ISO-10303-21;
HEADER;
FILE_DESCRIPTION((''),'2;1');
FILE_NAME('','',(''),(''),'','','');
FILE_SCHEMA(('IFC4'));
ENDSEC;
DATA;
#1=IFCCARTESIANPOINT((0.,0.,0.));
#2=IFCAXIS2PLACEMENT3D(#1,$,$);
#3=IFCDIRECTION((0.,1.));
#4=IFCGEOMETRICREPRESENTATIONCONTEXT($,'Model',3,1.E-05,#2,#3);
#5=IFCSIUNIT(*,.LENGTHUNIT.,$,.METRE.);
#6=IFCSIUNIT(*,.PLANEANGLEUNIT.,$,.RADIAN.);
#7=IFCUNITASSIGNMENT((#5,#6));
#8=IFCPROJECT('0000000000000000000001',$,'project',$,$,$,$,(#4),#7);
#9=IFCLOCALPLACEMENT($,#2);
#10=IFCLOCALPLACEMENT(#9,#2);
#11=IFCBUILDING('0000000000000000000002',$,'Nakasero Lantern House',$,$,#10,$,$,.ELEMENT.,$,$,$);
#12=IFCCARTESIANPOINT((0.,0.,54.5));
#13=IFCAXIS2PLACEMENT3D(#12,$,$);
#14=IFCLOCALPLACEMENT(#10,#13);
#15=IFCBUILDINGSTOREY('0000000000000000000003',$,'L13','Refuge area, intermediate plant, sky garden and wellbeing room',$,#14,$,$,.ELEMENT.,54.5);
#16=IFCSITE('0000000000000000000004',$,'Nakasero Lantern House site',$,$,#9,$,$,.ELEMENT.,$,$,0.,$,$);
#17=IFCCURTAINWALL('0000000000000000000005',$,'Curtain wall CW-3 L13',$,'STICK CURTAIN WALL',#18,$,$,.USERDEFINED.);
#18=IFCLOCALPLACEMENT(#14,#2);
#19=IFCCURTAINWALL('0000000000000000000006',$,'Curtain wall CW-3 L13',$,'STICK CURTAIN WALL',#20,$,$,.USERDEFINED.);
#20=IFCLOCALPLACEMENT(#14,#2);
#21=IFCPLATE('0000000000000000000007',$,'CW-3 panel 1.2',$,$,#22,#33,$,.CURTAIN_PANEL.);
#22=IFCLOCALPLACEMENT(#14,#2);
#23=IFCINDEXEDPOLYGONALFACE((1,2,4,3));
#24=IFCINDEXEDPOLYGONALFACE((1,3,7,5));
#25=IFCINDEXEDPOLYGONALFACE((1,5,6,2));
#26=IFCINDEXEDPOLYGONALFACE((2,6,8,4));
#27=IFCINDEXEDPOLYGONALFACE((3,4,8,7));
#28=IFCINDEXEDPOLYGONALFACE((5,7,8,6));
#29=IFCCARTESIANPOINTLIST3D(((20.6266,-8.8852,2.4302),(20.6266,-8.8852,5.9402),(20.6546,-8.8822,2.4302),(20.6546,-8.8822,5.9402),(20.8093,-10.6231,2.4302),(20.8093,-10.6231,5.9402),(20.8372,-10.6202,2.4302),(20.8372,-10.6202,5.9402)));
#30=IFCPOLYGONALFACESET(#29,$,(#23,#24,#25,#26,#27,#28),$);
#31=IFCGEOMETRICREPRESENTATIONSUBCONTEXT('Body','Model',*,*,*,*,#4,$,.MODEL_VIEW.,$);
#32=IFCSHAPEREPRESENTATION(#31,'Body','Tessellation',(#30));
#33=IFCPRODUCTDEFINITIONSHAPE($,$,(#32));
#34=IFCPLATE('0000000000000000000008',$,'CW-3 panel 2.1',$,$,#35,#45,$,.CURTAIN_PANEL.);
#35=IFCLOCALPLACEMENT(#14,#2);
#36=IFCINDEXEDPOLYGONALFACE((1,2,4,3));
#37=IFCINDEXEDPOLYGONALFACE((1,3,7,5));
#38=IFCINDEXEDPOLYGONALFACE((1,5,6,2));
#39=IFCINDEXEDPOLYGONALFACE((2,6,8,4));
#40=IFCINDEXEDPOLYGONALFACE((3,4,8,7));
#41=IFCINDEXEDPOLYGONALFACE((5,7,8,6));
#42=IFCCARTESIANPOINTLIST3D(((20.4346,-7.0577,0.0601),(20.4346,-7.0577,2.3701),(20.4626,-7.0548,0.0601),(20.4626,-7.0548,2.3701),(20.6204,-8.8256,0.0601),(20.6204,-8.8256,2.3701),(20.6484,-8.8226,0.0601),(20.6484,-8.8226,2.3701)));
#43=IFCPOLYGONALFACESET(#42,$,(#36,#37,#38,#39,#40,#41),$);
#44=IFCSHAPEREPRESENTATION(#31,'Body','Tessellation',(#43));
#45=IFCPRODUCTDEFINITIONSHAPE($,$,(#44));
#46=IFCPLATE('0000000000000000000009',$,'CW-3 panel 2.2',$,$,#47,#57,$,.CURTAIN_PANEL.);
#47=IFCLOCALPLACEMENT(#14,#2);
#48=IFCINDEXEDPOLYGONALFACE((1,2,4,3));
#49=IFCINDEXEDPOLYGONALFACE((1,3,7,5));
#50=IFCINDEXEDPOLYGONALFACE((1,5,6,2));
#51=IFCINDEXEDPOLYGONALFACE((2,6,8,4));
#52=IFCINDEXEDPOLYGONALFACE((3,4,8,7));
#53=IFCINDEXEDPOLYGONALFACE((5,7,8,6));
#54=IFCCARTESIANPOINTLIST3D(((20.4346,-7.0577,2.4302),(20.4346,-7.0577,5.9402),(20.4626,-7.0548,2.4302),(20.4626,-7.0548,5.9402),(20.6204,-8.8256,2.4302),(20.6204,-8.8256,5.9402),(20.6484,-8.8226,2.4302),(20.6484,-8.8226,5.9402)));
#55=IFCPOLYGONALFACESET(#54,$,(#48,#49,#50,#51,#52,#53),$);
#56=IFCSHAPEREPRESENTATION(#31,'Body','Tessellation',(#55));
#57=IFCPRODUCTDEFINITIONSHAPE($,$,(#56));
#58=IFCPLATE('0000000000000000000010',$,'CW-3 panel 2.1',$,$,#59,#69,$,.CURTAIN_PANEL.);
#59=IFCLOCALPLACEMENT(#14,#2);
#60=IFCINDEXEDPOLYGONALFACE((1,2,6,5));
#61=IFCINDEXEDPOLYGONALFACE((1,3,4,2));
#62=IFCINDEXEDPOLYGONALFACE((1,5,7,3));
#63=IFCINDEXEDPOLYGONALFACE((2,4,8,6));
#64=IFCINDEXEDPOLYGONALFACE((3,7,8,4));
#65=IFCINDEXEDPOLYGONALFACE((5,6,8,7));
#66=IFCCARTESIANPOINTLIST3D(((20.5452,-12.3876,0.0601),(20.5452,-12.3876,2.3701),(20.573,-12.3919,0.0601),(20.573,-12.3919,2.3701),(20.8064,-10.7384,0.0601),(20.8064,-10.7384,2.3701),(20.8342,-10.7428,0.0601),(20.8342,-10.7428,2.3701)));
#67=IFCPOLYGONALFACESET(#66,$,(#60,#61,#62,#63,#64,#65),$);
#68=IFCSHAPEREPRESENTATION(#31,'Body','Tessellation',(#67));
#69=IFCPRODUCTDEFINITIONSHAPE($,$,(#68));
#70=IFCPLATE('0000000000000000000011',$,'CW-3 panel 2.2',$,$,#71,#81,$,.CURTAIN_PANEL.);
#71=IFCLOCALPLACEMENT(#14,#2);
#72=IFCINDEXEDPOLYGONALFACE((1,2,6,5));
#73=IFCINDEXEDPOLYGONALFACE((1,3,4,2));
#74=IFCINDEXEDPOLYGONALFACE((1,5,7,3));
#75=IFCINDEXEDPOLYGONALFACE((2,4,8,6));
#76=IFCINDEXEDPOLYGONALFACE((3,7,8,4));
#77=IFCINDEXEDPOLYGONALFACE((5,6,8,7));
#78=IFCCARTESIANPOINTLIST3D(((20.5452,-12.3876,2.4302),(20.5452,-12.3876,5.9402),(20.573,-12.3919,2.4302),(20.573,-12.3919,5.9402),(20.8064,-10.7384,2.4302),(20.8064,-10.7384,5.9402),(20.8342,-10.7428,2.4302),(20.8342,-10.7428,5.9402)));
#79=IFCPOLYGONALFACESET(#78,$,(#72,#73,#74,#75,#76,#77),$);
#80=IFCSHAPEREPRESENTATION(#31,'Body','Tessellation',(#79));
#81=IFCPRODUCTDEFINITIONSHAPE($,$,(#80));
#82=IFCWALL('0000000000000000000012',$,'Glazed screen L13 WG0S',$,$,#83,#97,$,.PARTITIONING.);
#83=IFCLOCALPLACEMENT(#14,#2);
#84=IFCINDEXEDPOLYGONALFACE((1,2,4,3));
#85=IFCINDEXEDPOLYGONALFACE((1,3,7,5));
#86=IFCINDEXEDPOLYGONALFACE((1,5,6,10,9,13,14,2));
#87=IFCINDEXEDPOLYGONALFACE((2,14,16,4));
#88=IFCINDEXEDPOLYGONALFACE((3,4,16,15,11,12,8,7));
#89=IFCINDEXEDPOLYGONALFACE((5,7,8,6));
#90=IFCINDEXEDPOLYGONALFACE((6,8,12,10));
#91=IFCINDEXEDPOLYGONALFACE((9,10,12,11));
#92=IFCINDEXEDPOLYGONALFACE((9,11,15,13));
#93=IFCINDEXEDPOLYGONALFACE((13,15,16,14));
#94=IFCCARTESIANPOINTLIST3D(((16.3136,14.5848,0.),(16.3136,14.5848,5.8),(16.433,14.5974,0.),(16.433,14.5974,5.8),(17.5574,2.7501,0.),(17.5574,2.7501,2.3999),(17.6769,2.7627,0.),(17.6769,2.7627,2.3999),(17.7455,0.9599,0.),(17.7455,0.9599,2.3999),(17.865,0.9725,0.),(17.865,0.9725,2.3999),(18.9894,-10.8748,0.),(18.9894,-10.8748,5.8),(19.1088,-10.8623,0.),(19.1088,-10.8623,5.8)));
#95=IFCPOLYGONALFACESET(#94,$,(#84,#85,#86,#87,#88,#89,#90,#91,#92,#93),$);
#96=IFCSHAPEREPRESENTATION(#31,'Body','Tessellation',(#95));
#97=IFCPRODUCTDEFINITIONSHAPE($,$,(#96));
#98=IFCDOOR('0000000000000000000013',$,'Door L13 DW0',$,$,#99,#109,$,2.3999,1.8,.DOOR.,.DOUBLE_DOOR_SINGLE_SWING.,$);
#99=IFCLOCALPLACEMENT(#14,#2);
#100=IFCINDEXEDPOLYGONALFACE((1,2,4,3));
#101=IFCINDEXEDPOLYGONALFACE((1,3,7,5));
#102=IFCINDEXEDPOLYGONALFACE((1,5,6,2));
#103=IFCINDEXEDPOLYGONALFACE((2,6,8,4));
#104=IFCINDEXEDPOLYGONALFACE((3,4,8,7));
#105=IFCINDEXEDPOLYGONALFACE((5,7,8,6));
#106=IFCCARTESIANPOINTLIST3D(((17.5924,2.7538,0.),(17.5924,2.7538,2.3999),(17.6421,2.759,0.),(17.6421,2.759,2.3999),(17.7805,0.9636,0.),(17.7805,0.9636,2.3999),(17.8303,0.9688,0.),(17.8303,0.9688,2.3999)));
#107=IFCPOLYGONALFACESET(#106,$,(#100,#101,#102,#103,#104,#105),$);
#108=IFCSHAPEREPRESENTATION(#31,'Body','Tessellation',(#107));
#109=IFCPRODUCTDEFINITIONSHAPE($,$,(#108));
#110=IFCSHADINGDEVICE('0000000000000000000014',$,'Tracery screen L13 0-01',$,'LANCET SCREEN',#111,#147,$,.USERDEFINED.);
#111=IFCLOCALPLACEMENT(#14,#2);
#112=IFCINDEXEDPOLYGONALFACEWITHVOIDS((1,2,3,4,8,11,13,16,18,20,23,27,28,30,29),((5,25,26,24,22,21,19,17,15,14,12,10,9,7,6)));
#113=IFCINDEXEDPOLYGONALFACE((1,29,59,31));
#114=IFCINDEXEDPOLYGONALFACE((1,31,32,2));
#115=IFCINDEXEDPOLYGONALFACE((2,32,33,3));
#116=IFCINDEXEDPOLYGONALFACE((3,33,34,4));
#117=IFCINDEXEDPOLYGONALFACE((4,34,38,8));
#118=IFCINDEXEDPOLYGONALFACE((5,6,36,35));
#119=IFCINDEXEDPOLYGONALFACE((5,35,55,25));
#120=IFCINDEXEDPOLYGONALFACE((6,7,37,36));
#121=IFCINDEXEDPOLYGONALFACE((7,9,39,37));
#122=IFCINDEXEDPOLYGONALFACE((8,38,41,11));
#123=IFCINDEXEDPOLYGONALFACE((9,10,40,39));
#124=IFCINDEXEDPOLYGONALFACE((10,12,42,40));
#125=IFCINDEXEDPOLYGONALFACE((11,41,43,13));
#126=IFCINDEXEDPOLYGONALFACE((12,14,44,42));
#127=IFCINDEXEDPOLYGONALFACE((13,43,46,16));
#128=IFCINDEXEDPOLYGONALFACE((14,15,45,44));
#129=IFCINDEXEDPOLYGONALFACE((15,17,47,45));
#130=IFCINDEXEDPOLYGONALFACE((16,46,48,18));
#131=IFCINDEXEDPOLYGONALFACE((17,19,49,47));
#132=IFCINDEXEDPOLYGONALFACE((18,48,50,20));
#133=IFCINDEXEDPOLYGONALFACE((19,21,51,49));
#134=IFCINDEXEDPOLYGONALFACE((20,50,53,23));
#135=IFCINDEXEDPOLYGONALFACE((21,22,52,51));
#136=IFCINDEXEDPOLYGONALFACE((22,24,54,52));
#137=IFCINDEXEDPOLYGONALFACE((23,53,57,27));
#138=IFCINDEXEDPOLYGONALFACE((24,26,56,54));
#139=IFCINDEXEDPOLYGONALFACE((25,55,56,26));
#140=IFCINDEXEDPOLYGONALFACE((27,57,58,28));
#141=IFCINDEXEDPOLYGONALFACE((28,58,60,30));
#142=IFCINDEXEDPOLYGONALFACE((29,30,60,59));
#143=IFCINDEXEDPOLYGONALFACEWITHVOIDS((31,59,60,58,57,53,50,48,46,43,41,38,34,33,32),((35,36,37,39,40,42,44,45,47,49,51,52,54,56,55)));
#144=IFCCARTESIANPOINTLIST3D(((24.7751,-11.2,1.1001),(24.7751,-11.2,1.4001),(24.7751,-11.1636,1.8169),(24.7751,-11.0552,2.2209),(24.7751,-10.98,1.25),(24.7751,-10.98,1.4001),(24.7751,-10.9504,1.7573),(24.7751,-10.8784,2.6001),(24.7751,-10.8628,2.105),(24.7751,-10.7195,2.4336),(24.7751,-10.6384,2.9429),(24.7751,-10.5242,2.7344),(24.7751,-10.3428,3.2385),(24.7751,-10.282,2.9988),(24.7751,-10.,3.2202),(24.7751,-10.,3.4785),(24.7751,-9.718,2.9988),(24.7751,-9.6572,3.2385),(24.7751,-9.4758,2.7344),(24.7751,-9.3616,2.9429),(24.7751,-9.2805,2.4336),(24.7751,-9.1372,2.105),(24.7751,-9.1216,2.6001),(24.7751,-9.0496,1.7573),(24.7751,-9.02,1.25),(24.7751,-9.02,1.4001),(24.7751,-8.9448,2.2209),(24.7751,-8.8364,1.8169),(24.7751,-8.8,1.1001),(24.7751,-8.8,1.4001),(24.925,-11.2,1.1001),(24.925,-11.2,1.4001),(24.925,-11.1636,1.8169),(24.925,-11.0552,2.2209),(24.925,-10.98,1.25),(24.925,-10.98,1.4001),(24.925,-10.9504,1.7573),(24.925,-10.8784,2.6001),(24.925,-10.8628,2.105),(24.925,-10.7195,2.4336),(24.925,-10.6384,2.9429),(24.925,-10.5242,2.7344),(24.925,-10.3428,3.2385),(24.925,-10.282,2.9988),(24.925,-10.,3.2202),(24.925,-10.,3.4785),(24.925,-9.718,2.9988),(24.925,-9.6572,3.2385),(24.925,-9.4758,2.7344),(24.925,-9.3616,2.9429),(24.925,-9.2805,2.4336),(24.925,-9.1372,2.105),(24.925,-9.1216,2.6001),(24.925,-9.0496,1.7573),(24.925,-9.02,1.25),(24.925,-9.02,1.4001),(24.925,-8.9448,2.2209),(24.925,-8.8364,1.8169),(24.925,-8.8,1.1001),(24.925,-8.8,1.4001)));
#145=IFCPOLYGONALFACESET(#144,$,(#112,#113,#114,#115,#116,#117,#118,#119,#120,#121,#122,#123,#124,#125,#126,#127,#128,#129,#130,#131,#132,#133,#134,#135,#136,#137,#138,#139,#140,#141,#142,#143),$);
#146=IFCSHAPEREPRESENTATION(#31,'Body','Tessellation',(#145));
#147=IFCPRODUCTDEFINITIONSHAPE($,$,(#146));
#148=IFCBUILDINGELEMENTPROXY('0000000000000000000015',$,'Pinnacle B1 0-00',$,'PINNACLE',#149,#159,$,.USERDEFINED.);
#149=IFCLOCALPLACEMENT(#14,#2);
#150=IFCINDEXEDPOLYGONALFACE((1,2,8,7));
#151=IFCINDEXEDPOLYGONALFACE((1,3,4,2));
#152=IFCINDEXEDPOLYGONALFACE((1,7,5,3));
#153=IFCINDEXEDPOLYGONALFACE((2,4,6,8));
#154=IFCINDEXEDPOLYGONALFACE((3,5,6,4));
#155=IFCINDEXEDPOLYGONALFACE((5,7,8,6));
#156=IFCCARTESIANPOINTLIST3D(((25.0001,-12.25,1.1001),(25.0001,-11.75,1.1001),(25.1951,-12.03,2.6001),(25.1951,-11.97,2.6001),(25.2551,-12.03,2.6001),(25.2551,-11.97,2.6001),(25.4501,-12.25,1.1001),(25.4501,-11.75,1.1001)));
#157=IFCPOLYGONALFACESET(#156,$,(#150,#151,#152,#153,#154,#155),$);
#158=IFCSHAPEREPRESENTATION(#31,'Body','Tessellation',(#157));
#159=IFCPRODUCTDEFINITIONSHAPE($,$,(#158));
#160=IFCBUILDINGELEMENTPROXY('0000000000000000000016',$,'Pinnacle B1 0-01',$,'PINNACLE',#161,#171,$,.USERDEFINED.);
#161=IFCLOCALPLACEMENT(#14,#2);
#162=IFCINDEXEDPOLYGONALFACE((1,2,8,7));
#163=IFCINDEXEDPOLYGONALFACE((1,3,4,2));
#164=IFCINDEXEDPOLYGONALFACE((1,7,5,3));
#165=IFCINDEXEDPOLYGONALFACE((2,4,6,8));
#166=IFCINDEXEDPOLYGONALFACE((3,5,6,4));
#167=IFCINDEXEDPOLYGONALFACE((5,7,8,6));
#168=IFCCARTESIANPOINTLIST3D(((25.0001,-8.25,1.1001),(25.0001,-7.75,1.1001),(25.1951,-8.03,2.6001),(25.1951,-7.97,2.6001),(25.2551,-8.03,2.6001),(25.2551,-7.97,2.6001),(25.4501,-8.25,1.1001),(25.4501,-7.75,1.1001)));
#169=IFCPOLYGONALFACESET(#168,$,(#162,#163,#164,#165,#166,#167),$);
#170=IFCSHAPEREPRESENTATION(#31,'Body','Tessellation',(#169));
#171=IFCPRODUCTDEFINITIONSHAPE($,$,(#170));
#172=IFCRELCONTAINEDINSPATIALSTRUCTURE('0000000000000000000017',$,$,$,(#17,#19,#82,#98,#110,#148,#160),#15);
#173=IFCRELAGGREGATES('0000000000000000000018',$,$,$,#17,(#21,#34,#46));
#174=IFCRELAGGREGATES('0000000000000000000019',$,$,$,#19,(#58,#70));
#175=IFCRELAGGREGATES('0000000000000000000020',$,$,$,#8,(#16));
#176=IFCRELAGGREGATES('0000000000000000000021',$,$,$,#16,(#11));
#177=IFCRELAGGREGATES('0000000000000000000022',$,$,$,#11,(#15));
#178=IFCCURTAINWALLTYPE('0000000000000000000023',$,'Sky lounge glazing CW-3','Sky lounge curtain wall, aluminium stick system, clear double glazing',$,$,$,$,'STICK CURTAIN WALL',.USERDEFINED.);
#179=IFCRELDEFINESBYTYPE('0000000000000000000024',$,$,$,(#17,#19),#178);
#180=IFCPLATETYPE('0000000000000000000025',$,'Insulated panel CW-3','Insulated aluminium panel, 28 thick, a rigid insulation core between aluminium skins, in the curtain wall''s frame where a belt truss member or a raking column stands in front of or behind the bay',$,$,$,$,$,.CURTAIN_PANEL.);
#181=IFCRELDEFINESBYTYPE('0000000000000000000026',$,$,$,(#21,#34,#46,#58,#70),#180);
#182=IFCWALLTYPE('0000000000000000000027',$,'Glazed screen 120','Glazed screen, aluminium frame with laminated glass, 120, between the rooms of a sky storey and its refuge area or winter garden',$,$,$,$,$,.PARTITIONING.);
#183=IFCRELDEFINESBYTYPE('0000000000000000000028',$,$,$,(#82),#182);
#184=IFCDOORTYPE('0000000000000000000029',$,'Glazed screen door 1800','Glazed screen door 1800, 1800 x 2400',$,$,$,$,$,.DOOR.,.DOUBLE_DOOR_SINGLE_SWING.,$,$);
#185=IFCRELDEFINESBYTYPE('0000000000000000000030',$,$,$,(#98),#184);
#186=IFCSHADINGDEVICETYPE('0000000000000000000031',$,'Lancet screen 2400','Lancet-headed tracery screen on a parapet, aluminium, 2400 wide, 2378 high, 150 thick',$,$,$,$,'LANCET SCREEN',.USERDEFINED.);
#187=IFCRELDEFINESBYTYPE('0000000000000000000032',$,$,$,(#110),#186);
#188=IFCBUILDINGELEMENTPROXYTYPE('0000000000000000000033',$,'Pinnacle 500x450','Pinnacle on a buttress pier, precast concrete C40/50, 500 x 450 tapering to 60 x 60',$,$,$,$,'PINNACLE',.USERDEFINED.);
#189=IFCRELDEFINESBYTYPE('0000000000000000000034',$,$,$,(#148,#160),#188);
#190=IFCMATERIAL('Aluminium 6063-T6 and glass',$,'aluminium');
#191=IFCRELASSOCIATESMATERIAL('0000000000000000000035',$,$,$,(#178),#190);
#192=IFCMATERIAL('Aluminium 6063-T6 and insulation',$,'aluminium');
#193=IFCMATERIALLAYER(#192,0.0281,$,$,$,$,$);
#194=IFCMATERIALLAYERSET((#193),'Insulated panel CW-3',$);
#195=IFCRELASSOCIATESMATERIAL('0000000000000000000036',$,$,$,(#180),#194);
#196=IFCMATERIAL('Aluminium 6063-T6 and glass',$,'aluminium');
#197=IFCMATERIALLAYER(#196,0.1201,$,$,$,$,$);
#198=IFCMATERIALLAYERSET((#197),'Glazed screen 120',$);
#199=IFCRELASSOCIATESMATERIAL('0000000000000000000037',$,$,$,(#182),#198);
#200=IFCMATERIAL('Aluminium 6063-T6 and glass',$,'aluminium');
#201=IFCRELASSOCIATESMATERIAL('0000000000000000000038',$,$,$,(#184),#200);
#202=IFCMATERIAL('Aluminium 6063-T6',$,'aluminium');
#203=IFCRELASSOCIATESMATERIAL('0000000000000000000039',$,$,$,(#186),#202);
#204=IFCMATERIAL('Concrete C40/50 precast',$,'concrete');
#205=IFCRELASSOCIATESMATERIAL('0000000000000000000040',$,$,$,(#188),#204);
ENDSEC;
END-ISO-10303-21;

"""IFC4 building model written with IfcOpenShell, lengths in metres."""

from ifc_helpers import new_model, entity, si_unit, direction, frame, frame_2d, origin, origin_2d, place, context, subcontext, project, spatial, polyline, rectangle, outline, extrude, material, layer, layer_set, type_object, element, fill, aggregate, save


model = new_model("IFC4")

# Units and contexts
model_context = context("Model", 3, precision=1e-05, world=origin(), true_north=direction((0.0, 1.0)))
body_context = subcontext(model_context, "Body", "Model", "MODEL_VIEW")
ifc_project = project(units=[si_unit("LENGTHUNIT", "METRE"), si_unit("PLANEANGLEUNIT", "RADIAN")], contexts=[model_context])

# Site, building, storey
site_placement = place(None, origin())
site = spatial("IfcSite", under=ifc_project, at=site_placement, Name="Nakasero Lantern House site", CompositionType="ELEMENT", RefElevation=0.0)
building_placement = place(site_placement, origin())
building = spatial("IfcBuilding", under=site, at=building_placement, Name="Nakasero Lantern House", CompositionType="ELEMENT")
storey_placement = place(building_placement, frame((0.0, 0.0, 54.5)))
storey = spatial("IfcBuildingStorey", under=building, at=storey_placement, Name="L13", Description="Refuge area, intermediate plant, sky garden and wellbeing room", CompositionType="ELEMENT", Elevation=54.5)

# Curtain wall
ifc_material_1 = material(Name="Aluminium 6063-T6 and glass", Category="aluminium")
curtain_wall_type = type_object("IfcCurtainWallType", Name="Sky lounge glazing CW-3", Description="Sky lounge curtain wall, aluminium stick system, clear double glazing", ElementType="STICK CURTAIN WALL", PredefinedType="USERDEFINED", material=ifc_material_1)
curtain_wall_1_placement = place(storey_placement, origin())
curtain_wall_1 = element("IfcCurtainWall", 1, at=curtain_wall_1_placement, inside=storey, type_object=curtain_wall_type, Name="Curtain wall CW-3 L13", ObjectType="STICK CURTAIN WALL", PredefinedType="USERDEFINED")

# Curtain wall
curtain_wall_2_placement = place(storey_placement, origin())
curtain_wall_2 = element("IfcCurtainWall", 2, at=curtain_wall_2_placement, inside=storey, type_object=curtain_wall_type, Name="Curtain wall CW-3 L13", ObjectType="STICK CURTAIN WALL", PredefinedType="USERDEFINED")

# Plates
ifc_material_2 = material(Name="Aluminium 6063-T6 and insulation", Category="aluminium")
ifc_layer_1 = layer(ifc_material_2, 0.0281)
ifc_layer_set_1 = layer_set([ifc_layer_1], Name="Insulated panel CW-3")
plate_type = type_object("IfcPlateType", Name="Insulated panel CW-3", Description="Insulated aluminium panel, 28 thick, a rigid insulation core between aluminium skins, in the curtain wall's frame where a belt truss member or a raking column stands in front of or behind the bay", PredefinedType="CURTAIN_PANEL", material=ifc_layer_set_1)
plate_1_placement = place(storey_placement, frame((20.7319, -9.7527, 2.4302), z_axis=(0.0, 0.0, 1.0), x_axis=(-0.104528, 0.994522, 0.0)))
plate_1 = element("IfcPlate", 3, at=plate_1_placement, type_object=plate_type, Name="CW-3 panel 1.2", PredefinedType="CURTAIN_PANEL", context=body_context, shape_type="SweptSolid", body=[
    extrude(rectangle(XDim=1.7476, YDim=0.0281, at=origin_2d()), origin(), (0.0, 0.0, 1.0), 3.51),
])
plate_2_placement = place(storey_placement, frame((20.5415, -7.9402, 0.0601), z_axis=(0.0, 0.0, 1.0), x_axis=(-0.104528, 0.994522, 0.0)))
plate_2 = element("IfcPlate", 4, at=plate_2_placement, type_object=plate_type, Name="CW-3 panel 2.1", PredefinedType="CURTAIN_PANEL", context=body_context, shape_type="SweptSolid", body=[
    extrude(rectangle(XDim=1.7776, YDim=0.0281, at=origin_2d()), origin(), (0.0, 0.0, 1.0), 2.3101),
])
plate_3_placement = place(storey_placement, frame((20.5415, -7.9402, 2.4302), z_axis=(0.0, 0.0, 1.0), x_axis=(-0.104528, 0.994522, 0.0)))
plate_3 = element("IfcPlate", 5, at=plate_3_placement, type_object=plate_type, Name="CW-3 panel 2.2", PredefinedType="CURTAIN_PANEL", context=body_context, shape_type="SweptSolid", body=[
    extrude(rectangle(XDim=1.7776, YDim=0.0281, at=origin_2d()), origin(), (0.0, 0.0, 1.0), 3.51),
])
aggregate(curtain_wall_1, [plate_1, plate_2, plate_3])
plate_4_placement = place(storey_placement, frame((20.6897, -11.5652, 0.0601), z_axis=(0.0, 0.0, 1.0), x_axis=(0.156434, 0.987688, 0.0)))
plate_4 = element("IfcPlate", 6, at=plate_4_placement, type_object=plate_type, Name="CW-3 panel 2.1", PredefinedType="CURTAIN_PANEL", context=body_context, shape_type="SweptSolid", body=[
    extrude(rectangle(XDim=1.6697, YDim=0.0281, at=origin_2d()), origin(), (0.0, 0.0, 1.0), 2.3101),
])
plate_5_placement = place(storey_placement, frame((20.6897, -11.5652, 2.4302), z_axis=(0.0, 0.0, 1.0), x_axis=(0.156434, 0.987688, 0.0)))
plate_5 = element("IfcPlate", 7, at=plate_5_placement, type_object=plate_type, Name="CW-3 panel 2.2", PredefinedType="CURTAIN_PANEL", context=body_context, shape_type="SweptSolid", body=[
    extrude(rectangle(XDim=1.6697, YDim=0.0281, at=origin_2d()), origin(), (0.0, 0.0, 1.0), 3.51),
])
aggregate(curtain_wall_2, [plate_4, plate_5])

# Wall, opening, door
ifc_material_3 = material(Name="Aluminium 6063-T6 and glass", Category="aluminium")
ifc_layer_2 = layer(ifc_material_3, 0.1201)
ifc_layer_set_2 = layer_set([ifc_layer_2], Name="Glazed screen 120")
wall_type = type_object("IfcWallType", Name="Glazed screen 120", Description="Glazed screen, aluminium frame with laminated glass, 120, between the rooms of a sky storey and its refuge area or winter garden", PredefinedType="PARTITIONING", material=ifc_layer_set_2)
wall_placement = place(storey_placement, frame((19.0491, -10.8684, 0.0), z_axis=(0.0, 0.0, 1.0), x_axis=(-0.104523, 0.994522, 0.0)))
wall = element("IfcWall", 8, at=wall_placement, inside=storey, type_object=wall_type, Name="Glazed screen L13 WG0S", PredefinedType="PARTITIONING", context=body_context, shape_type="SweptSolid", body=[
    extrude(rectangle(XDim=25.5999, YDim=0.1201, at=frame_2d((12.7998, 0.0))), origin(), (0.0, 0.0, 1.0), 5.8),
])
opening_placement = place(wall_placement, frame((11.8999, 0.0, 0.0)))
opening = element("IfcOpeningElement", 9, at=opening_placement, cuts=wall, PredefinedType="OPENING", context=body_context, shape_type="SweptSolid", body=[
    extrude(rectangle(XDim=1.8, YDim=2.3999, at=frame_2d((0.8999, 1.2))), frame((0.0, 0.0801, 0.0), z_axis=(0.0, -1.0, 0.0), x_axis=(1.0, 0.0, 0.0)), (0.0, 0.0, 1.0), 0.1602),
])
ifc_material_4 = material(Name="Aluminium 6063-T6 and glass", Category="aluminium")
door_type = type_object("IfcDoorType", Name="Glazed screen door 1800", Description="Glazed screen door 1800, 1800 x 2400", OperationType="DOUBLE_DOOR_SINGLE_SWING", PredefinedType="DOOR", material=ifc_material_4)
door_placement = place(opening_placement, origin())
door = element("IfcDoor", 10, at=door_placement, inside=storey, type_object=door_type, Name="Door L13 DW0", OperationType="DOUBLE_DOOR_SINGLE_SWING", OverallHeight=2.3999, OverallWidth=1.8, PredefinedType="DOOR", context=body_context, shape_type="SweptSolid", body=[
    extrude(rectangle(XDim=1.8, YDim=2.3999, at=frame_2d((0.8999, 1.2))), frame((0.0, 0.0249, 0.0), z_axis=(0.0, -1.0, 0.0), x_axis=(1.0, 0.0, 0.0)), (0.0, 0.0, 1.0), 0.05),
])
fill(opening, door)

# Shading device
ifc_material_5 = material(Name="Aluminium 6063-T6", Category="aluminium")
shading_device_type = type_object("IfcShadingDeviceType", Name="Lancet screen 2400", Description="Lancet-headed tracery screen on a parapet, aluminium, 2400 wide, 2378 high, 150 thick", ElementType="LANCET SCREEN", PredefinedType="USERDEFINED", material=ifc_material_5)
shading_device_placement = place(storey_placement, frame((24.8501, -10.0, 1.1001), z_axis=(0.0, 0.0, 1.0), x_axis=(0.0, 1.0, 0.0)))
element("IfcShadingDevice", 11, at=shading_device_placement, inside=storey, type_object=shading_device_type, Name="Tracery screen L13 0-01", ObjectType="LANCET SCREEN", PredefinedType="USERDEFINED", context=body_context, shape_type="SweptSolid", body=[
    extrude(outline(polyline([(-1.2, 0.0), (1.2, 0.0), (1.2, 0.3), (1.1636, 0.7168), (1.0552, 1.1208), (0.8784, 1.5), (0.6384, 1.8428), (0.3428, 2.1384), (0.0, 2.3784), (-0.3428, 2.1384), (-0.6384, 1.8428), (-0.8784, 1.5), (-1.0552, 1.1208), (-1.1636, 0.7168), (-1.2, 0.3), (-1.2, 0.0)]), holes=[polyline([(-0.98, 0.1499), (0.98, 0.1499), (0.98, 0.3), (0.9504, 0.6572), (0.8628, 1.0049), (0.7195, 1.3335), (0.5242, 1.6343), (0.282, 1.8987), (0.0, 2.1201), (-0.282, 1.8987), (-0.5242, 1.6343), (-0.7195, 1.3335), (-0.8628, 1.0049), (-0.9504, 0.6572), (-0.98, 0.3), (-0.98, 0.1499)])]), frame((0.0, 0.075, 0.0), z_axis=(0.0, -1.0, 0.0), x_axis=(1.0, 0.0, 0.0)), (0.0, 0.0, 1.0), 0.1499),
])

# Building element proxies
ifc_material_6 = material(Name="Concrete C40/50 precast", Category="concrete")
building_element_proxy_type = type_object("IfcBuildingElementProxyType", Name="Pinnacle 500x450", Description="Pinnacle on a buttress pier, precast concrete C40/50, 500 x 450 tapering to 60 x 60", ElementType="PINNACLE", PredefinedType="USERDEFINED", material=ifc_material_6)
for number, where, z_axis, x_axis, name in (
    (12, (25.2251, -12.0, 1.1001), (0.0, 0.0, 1.0), (1.0, 0.0, 0.0), "Pinnacle B1 0-00"),
    (13, (25.2251, -8.0, 1.1001), (0.0, 0.0, 1.0), (1.0, 0.0, 0.0), "Pinnacle B1 0-01"),
):
    element("IfcBuildingElementProxy", number, at=place(storey_placement, frame(where, z_axis=z_axis, x_axis=x_axis)), inside=storey, type_object=building_element_proxy_type, Name=name, ObjectType="PINNACLE", PredefinedType="USERDEFINED", context=body_context, shape_type="SweptSolid", body=[
        entity("IfcExtrudedAreaSolidTapered", entity("IfcRectangleProfileDef", "AREA", None, entity("IfcAxis2Placement2D", entity("IfcCartesianPoint", [0.0, 0.0])), 0.45, 0.5), entity("IfcAxis2Placement3D", entity("IfcCartesianPoint", [0.0, 0.0, 0.0])), entity("IfcDirection", [0.0, 0.0, 1.0]), 1.5, entity("IfcRectangleProfileDef", "AREA", None, entity("IfcAxis2Placement2D", entity("IfcCartesianPoint", [0.0, 0.0])), 0.0601, 0.0601)),
    ])

save(model, "model.ifc")
